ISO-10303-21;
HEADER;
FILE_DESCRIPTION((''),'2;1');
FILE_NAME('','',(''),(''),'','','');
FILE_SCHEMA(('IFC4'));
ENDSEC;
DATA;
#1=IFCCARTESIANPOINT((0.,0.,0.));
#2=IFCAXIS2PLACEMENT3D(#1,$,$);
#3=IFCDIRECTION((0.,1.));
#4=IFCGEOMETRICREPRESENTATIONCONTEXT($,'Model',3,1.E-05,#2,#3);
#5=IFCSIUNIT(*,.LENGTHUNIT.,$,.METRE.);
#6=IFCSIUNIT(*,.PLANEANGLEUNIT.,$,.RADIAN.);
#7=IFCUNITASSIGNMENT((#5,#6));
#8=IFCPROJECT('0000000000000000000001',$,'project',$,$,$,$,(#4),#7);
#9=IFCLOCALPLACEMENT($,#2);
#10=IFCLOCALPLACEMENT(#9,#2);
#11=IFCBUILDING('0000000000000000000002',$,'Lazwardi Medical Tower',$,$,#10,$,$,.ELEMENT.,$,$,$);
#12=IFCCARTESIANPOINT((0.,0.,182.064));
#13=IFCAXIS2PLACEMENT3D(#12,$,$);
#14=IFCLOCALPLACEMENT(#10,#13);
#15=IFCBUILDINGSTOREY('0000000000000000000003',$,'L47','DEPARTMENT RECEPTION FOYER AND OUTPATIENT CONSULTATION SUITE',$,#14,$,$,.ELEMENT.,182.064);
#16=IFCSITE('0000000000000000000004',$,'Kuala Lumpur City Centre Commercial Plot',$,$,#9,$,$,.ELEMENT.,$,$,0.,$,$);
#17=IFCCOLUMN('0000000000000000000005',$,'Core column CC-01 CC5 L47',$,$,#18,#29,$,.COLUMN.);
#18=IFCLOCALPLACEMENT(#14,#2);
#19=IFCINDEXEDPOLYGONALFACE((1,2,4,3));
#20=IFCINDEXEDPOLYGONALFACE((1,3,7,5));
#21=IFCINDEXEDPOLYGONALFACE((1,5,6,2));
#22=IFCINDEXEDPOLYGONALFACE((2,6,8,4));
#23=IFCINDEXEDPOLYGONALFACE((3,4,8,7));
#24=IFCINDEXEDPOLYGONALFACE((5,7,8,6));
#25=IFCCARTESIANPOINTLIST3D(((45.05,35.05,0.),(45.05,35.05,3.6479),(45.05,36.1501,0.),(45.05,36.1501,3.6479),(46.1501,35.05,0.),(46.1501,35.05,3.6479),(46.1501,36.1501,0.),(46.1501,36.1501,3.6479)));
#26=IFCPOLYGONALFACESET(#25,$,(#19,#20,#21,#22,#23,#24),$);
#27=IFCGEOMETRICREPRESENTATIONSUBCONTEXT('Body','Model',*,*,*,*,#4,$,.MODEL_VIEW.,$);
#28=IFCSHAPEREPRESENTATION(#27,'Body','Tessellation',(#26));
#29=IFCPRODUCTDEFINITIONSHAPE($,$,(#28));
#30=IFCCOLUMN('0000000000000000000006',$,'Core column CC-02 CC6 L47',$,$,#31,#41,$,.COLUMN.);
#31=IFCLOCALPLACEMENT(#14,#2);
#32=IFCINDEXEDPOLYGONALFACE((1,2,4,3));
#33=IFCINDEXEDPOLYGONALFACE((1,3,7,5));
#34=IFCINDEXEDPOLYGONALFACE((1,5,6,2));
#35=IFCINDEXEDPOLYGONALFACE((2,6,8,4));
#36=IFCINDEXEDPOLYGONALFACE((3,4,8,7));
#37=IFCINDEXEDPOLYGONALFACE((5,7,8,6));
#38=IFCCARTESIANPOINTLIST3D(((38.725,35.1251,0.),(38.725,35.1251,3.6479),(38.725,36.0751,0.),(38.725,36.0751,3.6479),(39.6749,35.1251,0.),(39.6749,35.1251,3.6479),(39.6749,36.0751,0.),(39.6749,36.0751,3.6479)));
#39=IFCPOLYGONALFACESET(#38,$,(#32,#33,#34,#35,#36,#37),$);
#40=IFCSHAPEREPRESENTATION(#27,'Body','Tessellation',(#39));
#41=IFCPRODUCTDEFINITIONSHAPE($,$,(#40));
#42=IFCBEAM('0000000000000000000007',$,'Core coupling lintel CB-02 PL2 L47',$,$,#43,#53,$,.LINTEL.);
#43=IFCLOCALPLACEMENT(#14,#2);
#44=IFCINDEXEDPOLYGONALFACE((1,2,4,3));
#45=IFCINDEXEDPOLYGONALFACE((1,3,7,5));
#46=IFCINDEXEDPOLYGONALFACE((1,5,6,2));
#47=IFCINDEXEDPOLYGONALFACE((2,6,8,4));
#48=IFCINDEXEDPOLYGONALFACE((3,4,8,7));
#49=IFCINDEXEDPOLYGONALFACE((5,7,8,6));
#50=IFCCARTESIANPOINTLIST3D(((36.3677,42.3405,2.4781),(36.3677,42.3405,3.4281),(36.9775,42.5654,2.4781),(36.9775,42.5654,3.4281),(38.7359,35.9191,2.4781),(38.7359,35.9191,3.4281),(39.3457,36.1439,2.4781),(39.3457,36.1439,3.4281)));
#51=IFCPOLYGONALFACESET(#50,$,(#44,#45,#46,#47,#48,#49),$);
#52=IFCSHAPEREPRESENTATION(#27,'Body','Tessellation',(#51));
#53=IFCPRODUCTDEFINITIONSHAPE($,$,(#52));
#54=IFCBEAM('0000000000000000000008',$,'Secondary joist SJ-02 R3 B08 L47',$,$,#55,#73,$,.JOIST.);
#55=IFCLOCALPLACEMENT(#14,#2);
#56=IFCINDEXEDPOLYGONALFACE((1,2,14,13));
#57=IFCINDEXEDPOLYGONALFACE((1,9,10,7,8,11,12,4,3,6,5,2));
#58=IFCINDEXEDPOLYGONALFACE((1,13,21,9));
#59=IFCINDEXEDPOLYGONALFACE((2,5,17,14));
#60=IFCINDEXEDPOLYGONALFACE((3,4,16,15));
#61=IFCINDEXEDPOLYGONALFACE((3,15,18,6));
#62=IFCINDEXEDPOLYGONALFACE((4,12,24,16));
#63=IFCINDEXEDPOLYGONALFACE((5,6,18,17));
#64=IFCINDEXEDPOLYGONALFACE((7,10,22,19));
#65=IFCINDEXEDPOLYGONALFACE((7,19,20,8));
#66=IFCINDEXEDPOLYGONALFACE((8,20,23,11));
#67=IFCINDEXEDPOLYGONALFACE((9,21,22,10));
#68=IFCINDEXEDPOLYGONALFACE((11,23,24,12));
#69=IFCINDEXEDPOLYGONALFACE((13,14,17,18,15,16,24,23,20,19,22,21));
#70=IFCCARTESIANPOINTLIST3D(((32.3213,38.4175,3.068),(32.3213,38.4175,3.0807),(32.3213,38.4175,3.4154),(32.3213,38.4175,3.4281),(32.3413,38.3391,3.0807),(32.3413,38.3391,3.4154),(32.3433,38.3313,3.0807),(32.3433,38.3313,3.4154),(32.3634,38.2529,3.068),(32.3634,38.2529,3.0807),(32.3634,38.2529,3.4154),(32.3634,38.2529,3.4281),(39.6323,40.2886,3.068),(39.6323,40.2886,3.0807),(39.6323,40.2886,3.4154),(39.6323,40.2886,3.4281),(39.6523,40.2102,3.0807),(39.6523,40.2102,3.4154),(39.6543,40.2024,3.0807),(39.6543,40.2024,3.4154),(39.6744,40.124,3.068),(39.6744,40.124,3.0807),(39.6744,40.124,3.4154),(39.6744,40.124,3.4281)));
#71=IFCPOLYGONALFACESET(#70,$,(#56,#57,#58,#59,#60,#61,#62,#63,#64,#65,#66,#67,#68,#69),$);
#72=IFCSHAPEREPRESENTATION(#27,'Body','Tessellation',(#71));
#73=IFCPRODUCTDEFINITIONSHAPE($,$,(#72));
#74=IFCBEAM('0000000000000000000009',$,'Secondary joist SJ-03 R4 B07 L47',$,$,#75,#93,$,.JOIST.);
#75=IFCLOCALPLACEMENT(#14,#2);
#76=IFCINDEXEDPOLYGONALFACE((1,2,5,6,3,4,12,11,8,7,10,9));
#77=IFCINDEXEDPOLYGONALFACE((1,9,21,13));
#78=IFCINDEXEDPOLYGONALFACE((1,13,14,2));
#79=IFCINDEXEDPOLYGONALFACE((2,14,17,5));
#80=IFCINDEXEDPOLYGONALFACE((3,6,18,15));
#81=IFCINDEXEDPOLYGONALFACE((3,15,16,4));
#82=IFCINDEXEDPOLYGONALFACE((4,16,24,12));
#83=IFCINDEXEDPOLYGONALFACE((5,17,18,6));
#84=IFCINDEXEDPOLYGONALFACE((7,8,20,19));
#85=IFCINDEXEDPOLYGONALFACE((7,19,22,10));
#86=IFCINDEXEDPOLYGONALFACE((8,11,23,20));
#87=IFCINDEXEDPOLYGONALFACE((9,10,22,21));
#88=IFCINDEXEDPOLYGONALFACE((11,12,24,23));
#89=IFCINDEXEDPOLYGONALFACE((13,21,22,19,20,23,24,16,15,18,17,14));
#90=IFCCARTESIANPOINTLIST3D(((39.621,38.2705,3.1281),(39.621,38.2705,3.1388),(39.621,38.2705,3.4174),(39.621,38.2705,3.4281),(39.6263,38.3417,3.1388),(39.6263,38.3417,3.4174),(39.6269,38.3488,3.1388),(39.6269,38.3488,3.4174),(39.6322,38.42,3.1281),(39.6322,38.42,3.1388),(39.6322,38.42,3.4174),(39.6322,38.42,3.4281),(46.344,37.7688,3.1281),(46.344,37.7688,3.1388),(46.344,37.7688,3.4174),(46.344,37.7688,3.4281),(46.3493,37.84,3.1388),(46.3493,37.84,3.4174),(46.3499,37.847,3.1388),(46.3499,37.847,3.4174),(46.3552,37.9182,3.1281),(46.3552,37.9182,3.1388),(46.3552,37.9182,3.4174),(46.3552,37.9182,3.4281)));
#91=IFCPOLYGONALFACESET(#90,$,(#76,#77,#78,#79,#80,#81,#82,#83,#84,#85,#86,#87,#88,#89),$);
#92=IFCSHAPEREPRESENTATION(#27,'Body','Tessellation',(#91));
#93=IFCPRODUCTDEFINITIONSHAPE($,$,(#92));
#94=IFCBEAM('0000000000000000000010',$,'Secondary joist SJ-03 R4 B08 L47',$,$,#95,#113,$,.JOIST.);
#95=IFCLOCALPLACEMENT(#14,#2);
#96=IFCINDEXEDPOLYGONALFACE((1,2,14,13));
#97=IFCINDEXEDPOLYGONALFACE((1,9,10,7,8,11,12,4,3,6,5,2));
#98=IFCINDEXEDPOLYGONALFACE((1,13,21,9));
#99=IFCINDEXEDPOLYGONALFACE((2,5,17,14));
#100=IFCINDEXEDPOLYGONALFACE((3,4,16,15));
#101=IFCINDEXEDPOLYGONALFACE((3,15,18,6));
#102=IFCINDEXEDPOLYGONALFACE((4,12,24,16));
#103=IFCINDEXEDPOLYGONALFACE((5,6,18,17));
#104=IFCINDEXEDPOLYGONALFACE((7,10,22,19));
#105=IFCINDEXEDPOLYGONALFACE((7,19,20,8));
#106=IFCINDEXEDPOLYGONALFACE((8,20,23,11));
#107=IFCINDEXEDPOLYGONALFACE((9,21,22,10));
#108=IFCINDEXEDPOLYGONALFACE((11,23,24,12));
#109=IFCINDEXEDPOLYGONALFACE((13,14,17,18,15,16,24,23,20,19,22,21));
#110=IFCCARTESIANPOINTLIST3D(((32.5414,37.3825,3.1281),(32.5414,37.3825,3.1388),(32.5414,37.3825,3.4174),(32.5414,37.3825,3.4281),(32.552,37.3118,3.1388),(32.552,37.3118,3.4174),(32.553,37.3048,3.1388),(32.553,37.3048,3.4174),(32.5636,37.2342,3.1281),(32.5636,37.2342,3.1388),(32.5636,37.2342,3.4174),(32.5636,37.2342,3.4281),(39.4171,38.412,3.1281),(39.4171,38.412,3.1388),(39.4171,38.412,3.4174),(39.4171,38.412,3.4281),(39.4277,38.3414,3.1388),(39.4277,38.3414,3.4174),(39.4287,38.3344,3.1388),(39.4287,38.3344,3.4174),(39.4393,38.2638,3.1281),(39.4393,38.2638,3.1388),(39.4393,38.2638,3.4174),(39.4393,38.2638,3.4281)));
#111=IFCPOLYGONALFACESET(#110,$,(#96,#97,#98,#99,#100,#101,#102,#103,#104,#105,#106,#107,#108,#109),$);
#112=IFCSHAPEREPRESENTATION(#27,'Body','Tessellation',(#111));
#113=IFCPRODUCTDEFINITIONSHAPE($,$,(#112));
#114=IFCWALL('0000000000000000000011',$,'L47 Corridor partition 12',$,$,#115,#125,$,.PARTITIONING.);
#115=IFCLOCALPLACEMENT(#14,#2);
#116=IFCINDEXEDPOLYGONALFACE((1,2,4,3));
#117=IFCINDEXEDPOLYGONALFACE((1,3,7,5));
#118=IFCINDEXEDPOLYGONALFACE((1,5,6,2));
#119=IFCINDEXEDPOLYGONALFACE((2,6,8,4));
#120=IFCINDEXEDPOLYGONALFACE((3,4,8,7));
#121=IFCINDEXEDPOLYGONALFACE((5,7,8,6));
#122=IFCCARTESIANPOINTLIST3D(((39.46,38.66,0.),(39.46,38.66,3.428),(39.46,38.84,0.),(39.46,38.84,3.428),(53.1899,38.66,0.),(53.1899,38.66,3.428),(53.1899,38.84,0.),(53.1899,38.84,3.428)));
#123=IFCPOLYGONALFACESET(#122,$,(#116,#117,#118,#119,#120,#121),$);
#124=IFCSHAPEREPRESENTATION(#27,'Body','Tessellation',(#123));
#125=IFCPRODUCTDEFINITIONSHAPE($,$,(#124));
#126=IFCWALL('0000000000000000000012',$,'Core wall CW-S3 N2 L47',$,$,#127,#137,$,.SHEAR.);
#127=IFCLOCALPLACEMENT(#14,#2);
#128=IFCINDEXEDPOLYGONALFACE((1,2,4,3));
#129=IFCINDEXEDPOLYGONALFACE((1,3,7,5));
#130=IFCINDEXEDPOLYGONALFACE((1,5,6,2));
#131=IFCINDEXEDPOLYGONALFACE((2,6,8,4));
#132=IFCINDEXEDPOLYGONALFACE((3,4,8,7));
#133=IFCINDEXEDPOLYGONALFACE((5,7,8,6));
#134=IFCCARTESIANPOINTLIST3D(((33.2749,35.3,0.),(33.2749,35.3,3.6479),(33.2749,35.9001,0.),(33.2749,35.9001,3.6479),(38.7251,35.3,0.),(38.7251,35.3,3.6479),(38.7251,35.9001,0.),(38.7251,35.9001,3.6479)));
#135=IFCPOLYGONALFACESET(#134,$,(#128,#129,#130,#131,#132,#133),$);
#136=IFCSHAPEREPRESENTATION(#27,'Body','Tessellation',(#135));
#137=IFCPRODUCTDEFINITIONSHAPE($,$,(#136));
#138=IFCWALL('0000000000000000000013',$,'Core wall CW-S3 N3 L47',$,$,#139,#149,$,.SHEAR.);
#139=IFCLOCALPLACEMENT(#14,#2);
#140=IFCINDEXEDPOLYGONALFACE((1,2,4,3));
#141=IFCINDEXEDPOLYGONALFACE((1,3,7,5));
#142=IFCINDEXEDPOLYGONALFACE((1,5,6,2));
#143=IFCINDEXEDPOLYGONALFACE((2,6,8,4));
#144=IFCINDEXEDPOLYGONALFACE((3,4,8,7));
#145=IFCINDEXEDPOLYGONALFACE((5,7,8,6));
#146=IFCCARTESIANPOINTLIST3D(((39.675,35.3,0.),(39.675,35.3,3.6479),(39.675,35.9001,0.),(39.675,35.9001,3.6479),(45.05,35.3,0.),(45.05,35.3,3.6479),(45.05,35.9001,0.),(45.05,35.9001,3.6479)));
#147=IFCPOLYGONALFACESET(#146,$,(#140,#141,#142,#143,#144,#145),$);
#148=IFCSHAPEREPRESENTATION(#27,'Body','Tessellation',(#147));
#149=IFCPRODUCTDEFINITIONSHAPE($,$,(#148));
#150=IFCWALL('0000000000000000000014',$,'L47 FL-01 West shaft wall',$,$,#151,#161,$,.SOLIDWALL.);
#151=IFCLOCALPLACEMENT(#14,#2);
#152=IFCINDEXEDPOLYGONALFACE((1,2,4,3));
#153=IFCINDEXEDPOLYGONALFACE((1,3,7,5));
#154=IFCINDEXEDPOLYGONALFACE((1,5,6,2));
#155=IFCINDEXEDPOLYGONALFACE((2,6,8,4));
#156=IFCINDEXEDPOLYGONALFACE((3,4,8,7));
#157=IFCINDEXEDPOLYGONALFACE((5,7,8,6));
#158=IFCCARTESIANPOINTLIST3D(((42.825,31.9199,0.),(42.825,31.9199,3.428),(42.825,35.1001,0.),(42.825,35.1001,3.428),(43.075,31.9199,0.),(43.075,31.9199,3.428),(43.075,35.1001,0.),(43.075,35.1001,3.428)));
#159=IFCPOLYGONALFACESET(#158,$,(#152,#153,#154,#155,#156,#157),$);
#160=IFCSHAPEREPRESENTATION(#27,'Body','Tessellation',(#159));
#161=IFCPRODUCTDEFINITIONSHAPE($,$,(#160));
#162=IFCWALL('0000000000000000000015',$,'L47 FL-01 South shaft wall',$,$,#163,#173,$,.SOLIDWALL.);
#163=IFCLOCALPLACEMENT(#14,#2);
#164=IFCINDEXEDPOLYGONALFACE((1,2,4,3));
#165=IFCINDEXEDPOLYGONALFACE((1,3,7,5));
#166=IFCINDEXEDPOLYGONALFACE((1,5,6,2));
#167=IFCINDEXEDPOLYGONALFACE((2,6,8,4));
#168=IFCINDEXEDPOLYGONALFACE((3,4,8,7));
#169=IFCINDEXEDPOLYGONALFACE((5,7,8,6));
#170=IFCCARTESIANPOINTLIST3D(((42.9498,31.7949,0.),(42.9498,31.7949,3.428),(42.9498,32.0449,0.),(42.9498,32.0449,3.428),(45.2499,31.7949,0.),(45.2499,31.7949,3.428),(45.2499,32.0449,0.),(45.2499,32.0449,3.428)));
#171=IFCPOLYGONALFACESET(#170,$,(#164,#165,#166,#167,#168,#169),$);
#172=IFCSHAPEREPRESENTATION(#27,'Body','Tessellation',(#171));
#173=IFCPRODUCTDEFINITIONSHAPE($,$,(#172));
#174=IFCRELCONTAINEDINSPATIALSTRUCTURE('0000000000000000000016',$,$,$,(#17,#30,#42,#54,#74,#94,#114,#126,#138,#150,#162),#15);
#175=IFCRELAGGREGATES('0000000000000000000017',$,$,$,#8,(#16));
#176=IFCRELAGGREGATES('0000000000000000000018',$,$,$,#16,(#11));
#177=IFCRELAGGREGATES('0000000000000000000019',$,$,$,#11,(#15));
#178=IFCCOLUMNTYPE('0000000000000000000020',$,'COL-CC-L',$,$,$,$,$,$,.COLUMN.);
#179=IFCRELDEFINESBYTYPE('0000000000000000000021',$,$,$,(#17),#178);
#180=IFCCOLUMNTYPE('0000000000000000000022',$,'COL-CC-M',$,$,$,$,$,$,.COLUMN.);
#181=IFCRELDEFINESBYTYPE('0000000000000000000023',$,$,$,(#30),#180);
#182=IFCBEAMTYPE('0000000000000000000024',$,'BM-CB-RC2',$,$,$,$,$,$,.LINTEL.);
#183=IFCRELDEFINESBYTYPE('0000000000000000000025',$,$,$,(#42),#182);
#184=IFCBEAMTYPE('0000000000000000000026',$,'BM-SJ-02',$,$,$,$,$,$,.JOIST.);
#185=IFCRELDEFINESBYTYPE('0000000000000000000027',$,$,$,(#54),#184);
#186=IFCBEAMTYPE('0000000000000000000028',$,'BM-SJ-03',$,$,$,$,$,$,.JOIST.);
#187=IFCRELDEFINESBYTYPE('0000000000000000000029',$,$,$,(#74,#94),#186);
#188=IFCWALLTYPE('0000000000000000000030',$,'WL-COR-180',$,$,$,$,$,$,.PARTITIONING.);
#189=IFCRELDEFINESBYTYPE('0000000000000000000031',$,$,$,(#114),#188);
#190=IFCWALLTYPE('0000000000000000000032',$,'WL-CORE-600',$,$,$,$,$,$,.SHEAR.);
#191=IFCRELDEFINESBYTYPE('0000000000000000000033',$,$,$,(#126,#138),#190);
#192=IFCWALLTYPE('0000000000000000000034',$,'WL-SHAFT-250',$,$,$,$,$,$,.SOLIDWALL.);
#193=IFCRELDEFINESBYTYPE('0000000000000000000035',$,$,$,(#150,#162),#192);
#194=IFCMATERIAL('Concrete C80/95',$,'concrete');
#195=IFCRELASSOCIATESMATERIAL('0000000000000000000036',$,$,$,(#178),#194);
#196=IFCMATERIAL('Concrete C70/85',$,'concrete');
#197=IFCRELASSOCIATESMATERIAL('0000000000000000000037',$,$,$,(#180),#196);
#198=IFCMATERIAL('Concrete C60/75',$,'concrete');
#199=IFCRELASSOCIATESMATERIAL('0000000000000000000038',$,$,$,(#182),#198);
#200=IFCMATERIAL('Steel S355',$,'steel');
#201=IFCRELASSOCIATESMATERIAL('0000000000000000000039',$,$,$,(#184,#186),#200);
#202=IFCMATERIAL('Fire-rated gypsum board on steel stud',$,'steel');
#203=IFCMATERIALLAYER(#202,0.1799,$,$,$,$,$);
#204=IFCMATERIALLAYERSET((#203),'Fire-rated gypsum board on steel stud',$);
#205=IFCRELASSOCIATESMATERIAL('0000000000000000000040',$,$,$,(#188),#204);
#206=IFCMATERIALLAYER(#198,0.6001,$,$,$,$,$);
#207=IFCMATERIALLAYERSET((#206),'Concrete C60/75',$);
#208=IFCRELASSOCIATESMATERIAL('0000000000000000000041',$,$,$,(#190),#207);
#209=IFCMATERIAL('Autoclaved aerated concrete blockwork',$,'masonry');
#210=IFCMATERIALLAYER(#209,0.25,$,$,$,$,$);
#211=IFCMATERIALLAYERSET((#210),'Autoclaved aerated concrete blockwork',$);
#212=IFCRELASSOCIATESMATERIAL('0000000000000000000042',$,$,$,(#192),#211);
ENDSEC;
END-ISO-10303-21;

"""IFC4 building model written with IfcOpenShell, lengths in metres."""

from ifc_helpers import new_model, si_unit, direction, frame, frame_2d, origin, origin_2d, place, context, subcontext, project, spatial, rectangle, i_section, extrude, material, layer, layer_set, material_profile, profile_set, type_object, element, save


model = new_model("IFC4")

# Units and contexts
model_context = context("Model", 3, precision=1e-05, world=origin(), true_north=direction((0.0, 1.0)))
body_context = subcontext(model_context, "Body", "Model", "MODEL_VIEW")
ifc_project = project(units=[si_unit("LENGTHUNIT", "METRE"), si_unit("PLANEANGLEUNIT", "RADIAN")], contexts=[model_context])

# Site, building, storey
site_placement = place(None, origin())
site = spatial("IfcSite", under=ifc_project, at=site_placement, Name="Kuala Lumpur City Centre Commercial Plot", CompositionType="ELEMENT", RefElevation=0.0)
building_placement = place(site_placement, origin())
building = spatial("IfcBuilding", under=site, at=building_placement, Name="Lazwardi Medical Tower", CompositionType="ELEMENT")
storey_placement = place(building_placement, frame((0.0, 0.0, 182.064)))
storey = spatial("IfcBuildingStorey", under=building, at=storey_placement, Name="L47", Description="DEPARTMENT RECEPTION FOYER AND OUTPATIENT CONSULTATION SUITE", CompositionType="ELEMENT", Elevation=182.064)

# Columns
ifc_material_1 = material(Name="Concrete C80/95", Category="concrete")
ifc_material_profile_1 = material_profile(ifc_material_1, rectangle(XDim=1.1001, YDim=1.1001, at=origin_2d()), Name="RC 1100x1100")
ifc_profile_set_1 = profile_set([ifc_material_profile_1], Name="Concrete C80/95")
column_type_1 = type_object("IfcColumnType", Name="COL-CC-L", PredefinedType="COLUMN", material=ifc_profile_set_1)
column_1_placement = place(storey_placement, frame((45.6001, 35.6001, 0.0), z_axis=(0.0, 0.0, 1.0), x_axis=(1.0, 0.0, 0.0)))
element("IfcColumn", 1, at=column_1_placement, inside=storey, type_object=column_type_1, Name="Core column CC-01 CC5 L47", PredefinedType="COLUMN", context=body_context, shape_type="SweptSolid", body=[
    extrude(rectangle(XDim=1.1001, YDim=1.1001, at=origin_2d()), origin(), (0.0, 0.0, 1.0), 3.6479),
])
ifc_material_2 = material(Name="Concrete C70/85", Category="concrete")
ifc_material_profile_2 = material_profile(ifc_material_2, rectangle(XDim=0.95, YDim=0.95, at=origin_2d()), Name="RC 950x950")
ifc_profile_set_2 = profile_set([ifc_material_profile_2], Name="Concrete C70/85")
column_type_2 = type_object("IfcColumnType", Name="COL-CC-M", PredefinedType="COLUMN", material=ifc_profile_set_2)
column_2_placement = place(storey_placement, frame((39.2, 35.6001, 0.0), z_axis=(0.0, 0.0, 1.0), x_axis=(1.0, 0.0, 0.0)))
element("IfcColumn", 2, at=column_2_placement, inside=storey, type_object=column_type_2, Name="Core column CC-02 CC6 L47", PredefinedType="COLUMN", context=body_context, shape_type="SweptSolid", body=[
    extrude(rectangle(XDim=0.95, YDim=0.95, at=origin_2d()), origin(), (0.0, 0.0, 1.0), 3.6479),
])

# Beams
ifc_material_3 = material(Name="Concrete C60/75", Category="concrete")
ifc_material_profile_3 = material_profile(ifc_material_3, rectangle(XDim=0.6499, YDim=0.95, at=origin_2d()), Name="RC 650x950")
ifc_profile_set_3 = profile_set([ifc_material_profile_3], Name="Concrete C60/75")
beam_type_1 = type_object("IfcBeamType", Name="BM-CB-RC2", PredefinedType="LINTEL", material=ifc_profile_set_3)
beam_1_placement = place(storey_placement, frame((39.0408, 36.0315, 2.9531), z_axis=(-0.346013, 0.93823, 0.0), x_axis=(-0.93823, -0.346013, 0.0)))
element("IfcBeam", 3, at=beam_1_placement, inside=storey, type_object=beam_type_1, Name="Core coupling lintel CB-02 PL2 L47", PredefinedType="LINTEL", context=body_context, shape_type="SweptSolid", body=[
    extrude(rectangle(XDim=0.6499, YDim=0.95, at=origin_2d()), origin(), (0.0, 0.0, 1.0), 6.8442),
])
ifc_material_4 = material(Name="Steel S355", Category="steel")
ifc_material_profile_4 = material_profile(ifc_material_4, i_section(OverallWidth=0.1699, OverallDepth=0.3601, WebThickness=0.0081, FlangeThickness=0.0127, at=origin_2d()), Name="IPE 360")
ifc_profile_set_4 = profile_set([ifc_material_profile_4], Name="Steel S355")
beam_type_2 = type_object("IfcBeamType", Name="BM-SJ-02", PredefinedType="JOIST", material=ifc_profile_set_4)
beam_2_placement = place(storey_placement, frame((39.6533, 40.2063, 3.248), z_axis=(-0.968776, -0.247936, 0.0), x_axis=(0.247936, -0.968776, 0.0)))
element("IfcBeam", 4, at=beam_2_placement, inside=storey, type_object=beam_type_2, Name="Secondary joist SJ-02 R3 B08 L47", PredefinedType="JOIST", context=body_context, shape_type="SweptSolid", body=[
    extrude(i_section(OverallWidth=0.1699, OverallDepth=0.3601, WebThickness=0.0081, FlangeThickness=0.0127, at=origin_2d()), origin(), (0.0, 0.0, 1.0), 7.5466),
])
ifc_material_profile_5 = material_profile(ifc_material_4, i_section(OverallWidth=0.1499, OverallDepth=0.3, WebThickness=0.0071, FlangeThickness=0.0107, at=origin_2d()), Name="IPE 300")
ifc_profile_set_5 = profile_set([ifc_material_profile_5], Name="Steel S355")
beam_type_3 = type_object("IfcBeamType", Name="BM-SJ-03", PredefinedType="JOIST", material=ifc_profile_set_5)
beam_3_placement = place(storey_placement, frame((46.3496, 37.8435, 3.2781), z_axis=(-0.997227, 0.07442, 0.0), x_axis=(-0.07442, -0.997227, 0.0)))
element("IfcBeam", 5, at=beam_3_placement, inside=storey, type_object=beam_type_3, Name="Secondary joist SJ-03 R4 B07 L47", PredefinedType="JOIST", context=body_context, shape_type="SweptSolid", body=[
    extrude(i_section(OverallWidth=0.1499, OverallDepth=0.3, WebThickness=0.0071, FlangeThickness=0.0107, at=origin_2d()), origin(), (0.0, 0.0, 1.0), 6.7417),
])
beam_4_placement = place(storey_placement, frame((39.4282, 38.3379, 3.2781), z_axis=(-0.988975, -0.148085, 0.0), x_axis=(0.148085, -0.988975, 0.0)))
element("IfcBeam", 6, at=beam_4_placement, inside=storey, type_object=beam_type_3, Name="Secondary joist SJ-03 R4 B08 L47", PredefinedType="JOIST", context=body_context, shape_type="SweptSolid", body=[
    extrude(i_section(OverallWidth=0.1499, OverallDepth=0.3, WebThickness=0.0071, FlangeThickness=0.0107, at=origin_2d()), origin(), (0.0, 0.0, 1.0), 6.9524),
])

# Walls
ifc_material_5 = material(Name="Fire-rated gypsum board on steel stud", Category="steel")
ifc_layer_1 = layer(ifc_material_5, 0.1799)
ifc_layer_set_1 = layer_set([ifc_layer_1], Name="Fire-rated gypsum board on steel stud")
wall_type_1 = type_object("IfcWallType", Name="WL-COR-180", PredefinedType="PARTITIONING", material=ifc_layer_set_1)
wall_1_placement = place(storey_placement, frame((39.46, 38.75, 0.0), z_axis=(0.0, 0.0, 1.0), x_axis=(1.0, 0.0, 0.0)))
element("IfcWall", 7, at=wall_1_placement, inside=storey, type_object=wall_type_1, Name="L47 Corridor partition 12", PredefinedType="PARTITIONING", context=body_context, shape_type="SweptSolid", body=[
    extrude(rectangle(XDim=13.73, YDim=0.1799, at=frame_2d((6.865, 0.0))), origin(), (0.0, 0.0, 1.0), 3.428),
])
ifc_layer_2 = layer(ifc_material_3, 0.6001)
ifc_layer_set_2 = layer_set([ifc_layer_2], Name="Concrete C60/75")
wall_type_2 = type_object("IfcWallType", Name="WL-CORE-600", PredefinedType="SHEAR", material=ifc_layer_set_2)
wall_2_placement = place(storey_placement, frame((33.2749, 35.6001, 0.0), z_axis=(0.0, 0.0, 1.0), x_axis=(1.0, 0.0, 0.0)))
element("IfcWall", 8, at=wall_2_placement, inside=storey, type_object=wall_type_2, Name="Core wall CW-S3 N2 L47", PredefinedType="SHEAR", context=body_context, shape_type="SweptSolid", body=[
    extrude(rectangle(XDim=5.4502, YDim=0.6001, at=frame_2d((2.7251, 0.0))), origin(), (0.0, 0.0, 1.0), 3.6479),
])
wall_3_placement = place(storey_placement, frame((39.675, 35.6001, 0.0), z_axis=(0.0, 0.0, 1.0), x_axis=(1.0, 0.0, 0.0)))
element("IfcWall", 9, at=wall_3_placement, inside=storey, type_object=wall_type_2, Name="Core wall CW-S3 N3 L47", PredefinedType="SHEAR", context=body_context, shape_type="SweptSolid", body=[
    extrude(rectangle(XDim=5.375, YDim=0.6001, at=frame_2d((2.6875, 0.0))), origin(), (0.0, 0.0, 1.0), 3.6479),
])
ifc_material_6 = material(Name="Autoclaved aerated concrete blockwork", Category="masonry")
ifc_layer_3 = layer(ifc_material_6, 0.25)
ifc_layer_set_3 = layer_set([ifc_layer_3], Name="Autoclaved aerated concrete blockwork")
wall_type_3 = type_object("IfcWallType", Name="WL-SHAFT-250", PredefinedType="SOLIDWALL", material=ifc_layer_set_3)
wall_4_placement = place(storey_placement, frame((42.95, 31.9199, 0.0), z_axis=(0.0, 0.0, 1.0), x_axis=(0.0, 1.0, 0.0)))
element("IfcWall", 10, at=wall_4_placement, inside=storey, type_object=wall_type_3, Name="L47 FL-01 West shaft wall", PredefinedType="SOLIDWALL", context=body_context, shape_type="SweptSolid", body=[
    extrude(rectangle(XDim=3.1802, YDim=0.25, at=frame_2d((1.5901, 0.0))), origin(), (0.0, 0.0, 1.0), 3.428),
])
wall_5_placement = place(storey_placement, frame((42.95, 31.9199, 0.0), z_axis=(0.0, 0.0, 1.0), x_axis=(1.0, 0.0, 0.0)))
element("IfcWall", 11, at=wall_5_placement, inside=storey, type_object=wall_type_3, Name="L47 FL-01 South shaft wall", PredefinedType="SOLIDWALL", context=body_context, shape_type="SweptSolid", body=[
    extrude(rectangle(XDim=2.3, YDim=0.25, at=frame_2d((1.1499, 0.0))), origin(), (0.0, 0.0, 1.0), 3.428),
])

save(model, "model.ifc")
